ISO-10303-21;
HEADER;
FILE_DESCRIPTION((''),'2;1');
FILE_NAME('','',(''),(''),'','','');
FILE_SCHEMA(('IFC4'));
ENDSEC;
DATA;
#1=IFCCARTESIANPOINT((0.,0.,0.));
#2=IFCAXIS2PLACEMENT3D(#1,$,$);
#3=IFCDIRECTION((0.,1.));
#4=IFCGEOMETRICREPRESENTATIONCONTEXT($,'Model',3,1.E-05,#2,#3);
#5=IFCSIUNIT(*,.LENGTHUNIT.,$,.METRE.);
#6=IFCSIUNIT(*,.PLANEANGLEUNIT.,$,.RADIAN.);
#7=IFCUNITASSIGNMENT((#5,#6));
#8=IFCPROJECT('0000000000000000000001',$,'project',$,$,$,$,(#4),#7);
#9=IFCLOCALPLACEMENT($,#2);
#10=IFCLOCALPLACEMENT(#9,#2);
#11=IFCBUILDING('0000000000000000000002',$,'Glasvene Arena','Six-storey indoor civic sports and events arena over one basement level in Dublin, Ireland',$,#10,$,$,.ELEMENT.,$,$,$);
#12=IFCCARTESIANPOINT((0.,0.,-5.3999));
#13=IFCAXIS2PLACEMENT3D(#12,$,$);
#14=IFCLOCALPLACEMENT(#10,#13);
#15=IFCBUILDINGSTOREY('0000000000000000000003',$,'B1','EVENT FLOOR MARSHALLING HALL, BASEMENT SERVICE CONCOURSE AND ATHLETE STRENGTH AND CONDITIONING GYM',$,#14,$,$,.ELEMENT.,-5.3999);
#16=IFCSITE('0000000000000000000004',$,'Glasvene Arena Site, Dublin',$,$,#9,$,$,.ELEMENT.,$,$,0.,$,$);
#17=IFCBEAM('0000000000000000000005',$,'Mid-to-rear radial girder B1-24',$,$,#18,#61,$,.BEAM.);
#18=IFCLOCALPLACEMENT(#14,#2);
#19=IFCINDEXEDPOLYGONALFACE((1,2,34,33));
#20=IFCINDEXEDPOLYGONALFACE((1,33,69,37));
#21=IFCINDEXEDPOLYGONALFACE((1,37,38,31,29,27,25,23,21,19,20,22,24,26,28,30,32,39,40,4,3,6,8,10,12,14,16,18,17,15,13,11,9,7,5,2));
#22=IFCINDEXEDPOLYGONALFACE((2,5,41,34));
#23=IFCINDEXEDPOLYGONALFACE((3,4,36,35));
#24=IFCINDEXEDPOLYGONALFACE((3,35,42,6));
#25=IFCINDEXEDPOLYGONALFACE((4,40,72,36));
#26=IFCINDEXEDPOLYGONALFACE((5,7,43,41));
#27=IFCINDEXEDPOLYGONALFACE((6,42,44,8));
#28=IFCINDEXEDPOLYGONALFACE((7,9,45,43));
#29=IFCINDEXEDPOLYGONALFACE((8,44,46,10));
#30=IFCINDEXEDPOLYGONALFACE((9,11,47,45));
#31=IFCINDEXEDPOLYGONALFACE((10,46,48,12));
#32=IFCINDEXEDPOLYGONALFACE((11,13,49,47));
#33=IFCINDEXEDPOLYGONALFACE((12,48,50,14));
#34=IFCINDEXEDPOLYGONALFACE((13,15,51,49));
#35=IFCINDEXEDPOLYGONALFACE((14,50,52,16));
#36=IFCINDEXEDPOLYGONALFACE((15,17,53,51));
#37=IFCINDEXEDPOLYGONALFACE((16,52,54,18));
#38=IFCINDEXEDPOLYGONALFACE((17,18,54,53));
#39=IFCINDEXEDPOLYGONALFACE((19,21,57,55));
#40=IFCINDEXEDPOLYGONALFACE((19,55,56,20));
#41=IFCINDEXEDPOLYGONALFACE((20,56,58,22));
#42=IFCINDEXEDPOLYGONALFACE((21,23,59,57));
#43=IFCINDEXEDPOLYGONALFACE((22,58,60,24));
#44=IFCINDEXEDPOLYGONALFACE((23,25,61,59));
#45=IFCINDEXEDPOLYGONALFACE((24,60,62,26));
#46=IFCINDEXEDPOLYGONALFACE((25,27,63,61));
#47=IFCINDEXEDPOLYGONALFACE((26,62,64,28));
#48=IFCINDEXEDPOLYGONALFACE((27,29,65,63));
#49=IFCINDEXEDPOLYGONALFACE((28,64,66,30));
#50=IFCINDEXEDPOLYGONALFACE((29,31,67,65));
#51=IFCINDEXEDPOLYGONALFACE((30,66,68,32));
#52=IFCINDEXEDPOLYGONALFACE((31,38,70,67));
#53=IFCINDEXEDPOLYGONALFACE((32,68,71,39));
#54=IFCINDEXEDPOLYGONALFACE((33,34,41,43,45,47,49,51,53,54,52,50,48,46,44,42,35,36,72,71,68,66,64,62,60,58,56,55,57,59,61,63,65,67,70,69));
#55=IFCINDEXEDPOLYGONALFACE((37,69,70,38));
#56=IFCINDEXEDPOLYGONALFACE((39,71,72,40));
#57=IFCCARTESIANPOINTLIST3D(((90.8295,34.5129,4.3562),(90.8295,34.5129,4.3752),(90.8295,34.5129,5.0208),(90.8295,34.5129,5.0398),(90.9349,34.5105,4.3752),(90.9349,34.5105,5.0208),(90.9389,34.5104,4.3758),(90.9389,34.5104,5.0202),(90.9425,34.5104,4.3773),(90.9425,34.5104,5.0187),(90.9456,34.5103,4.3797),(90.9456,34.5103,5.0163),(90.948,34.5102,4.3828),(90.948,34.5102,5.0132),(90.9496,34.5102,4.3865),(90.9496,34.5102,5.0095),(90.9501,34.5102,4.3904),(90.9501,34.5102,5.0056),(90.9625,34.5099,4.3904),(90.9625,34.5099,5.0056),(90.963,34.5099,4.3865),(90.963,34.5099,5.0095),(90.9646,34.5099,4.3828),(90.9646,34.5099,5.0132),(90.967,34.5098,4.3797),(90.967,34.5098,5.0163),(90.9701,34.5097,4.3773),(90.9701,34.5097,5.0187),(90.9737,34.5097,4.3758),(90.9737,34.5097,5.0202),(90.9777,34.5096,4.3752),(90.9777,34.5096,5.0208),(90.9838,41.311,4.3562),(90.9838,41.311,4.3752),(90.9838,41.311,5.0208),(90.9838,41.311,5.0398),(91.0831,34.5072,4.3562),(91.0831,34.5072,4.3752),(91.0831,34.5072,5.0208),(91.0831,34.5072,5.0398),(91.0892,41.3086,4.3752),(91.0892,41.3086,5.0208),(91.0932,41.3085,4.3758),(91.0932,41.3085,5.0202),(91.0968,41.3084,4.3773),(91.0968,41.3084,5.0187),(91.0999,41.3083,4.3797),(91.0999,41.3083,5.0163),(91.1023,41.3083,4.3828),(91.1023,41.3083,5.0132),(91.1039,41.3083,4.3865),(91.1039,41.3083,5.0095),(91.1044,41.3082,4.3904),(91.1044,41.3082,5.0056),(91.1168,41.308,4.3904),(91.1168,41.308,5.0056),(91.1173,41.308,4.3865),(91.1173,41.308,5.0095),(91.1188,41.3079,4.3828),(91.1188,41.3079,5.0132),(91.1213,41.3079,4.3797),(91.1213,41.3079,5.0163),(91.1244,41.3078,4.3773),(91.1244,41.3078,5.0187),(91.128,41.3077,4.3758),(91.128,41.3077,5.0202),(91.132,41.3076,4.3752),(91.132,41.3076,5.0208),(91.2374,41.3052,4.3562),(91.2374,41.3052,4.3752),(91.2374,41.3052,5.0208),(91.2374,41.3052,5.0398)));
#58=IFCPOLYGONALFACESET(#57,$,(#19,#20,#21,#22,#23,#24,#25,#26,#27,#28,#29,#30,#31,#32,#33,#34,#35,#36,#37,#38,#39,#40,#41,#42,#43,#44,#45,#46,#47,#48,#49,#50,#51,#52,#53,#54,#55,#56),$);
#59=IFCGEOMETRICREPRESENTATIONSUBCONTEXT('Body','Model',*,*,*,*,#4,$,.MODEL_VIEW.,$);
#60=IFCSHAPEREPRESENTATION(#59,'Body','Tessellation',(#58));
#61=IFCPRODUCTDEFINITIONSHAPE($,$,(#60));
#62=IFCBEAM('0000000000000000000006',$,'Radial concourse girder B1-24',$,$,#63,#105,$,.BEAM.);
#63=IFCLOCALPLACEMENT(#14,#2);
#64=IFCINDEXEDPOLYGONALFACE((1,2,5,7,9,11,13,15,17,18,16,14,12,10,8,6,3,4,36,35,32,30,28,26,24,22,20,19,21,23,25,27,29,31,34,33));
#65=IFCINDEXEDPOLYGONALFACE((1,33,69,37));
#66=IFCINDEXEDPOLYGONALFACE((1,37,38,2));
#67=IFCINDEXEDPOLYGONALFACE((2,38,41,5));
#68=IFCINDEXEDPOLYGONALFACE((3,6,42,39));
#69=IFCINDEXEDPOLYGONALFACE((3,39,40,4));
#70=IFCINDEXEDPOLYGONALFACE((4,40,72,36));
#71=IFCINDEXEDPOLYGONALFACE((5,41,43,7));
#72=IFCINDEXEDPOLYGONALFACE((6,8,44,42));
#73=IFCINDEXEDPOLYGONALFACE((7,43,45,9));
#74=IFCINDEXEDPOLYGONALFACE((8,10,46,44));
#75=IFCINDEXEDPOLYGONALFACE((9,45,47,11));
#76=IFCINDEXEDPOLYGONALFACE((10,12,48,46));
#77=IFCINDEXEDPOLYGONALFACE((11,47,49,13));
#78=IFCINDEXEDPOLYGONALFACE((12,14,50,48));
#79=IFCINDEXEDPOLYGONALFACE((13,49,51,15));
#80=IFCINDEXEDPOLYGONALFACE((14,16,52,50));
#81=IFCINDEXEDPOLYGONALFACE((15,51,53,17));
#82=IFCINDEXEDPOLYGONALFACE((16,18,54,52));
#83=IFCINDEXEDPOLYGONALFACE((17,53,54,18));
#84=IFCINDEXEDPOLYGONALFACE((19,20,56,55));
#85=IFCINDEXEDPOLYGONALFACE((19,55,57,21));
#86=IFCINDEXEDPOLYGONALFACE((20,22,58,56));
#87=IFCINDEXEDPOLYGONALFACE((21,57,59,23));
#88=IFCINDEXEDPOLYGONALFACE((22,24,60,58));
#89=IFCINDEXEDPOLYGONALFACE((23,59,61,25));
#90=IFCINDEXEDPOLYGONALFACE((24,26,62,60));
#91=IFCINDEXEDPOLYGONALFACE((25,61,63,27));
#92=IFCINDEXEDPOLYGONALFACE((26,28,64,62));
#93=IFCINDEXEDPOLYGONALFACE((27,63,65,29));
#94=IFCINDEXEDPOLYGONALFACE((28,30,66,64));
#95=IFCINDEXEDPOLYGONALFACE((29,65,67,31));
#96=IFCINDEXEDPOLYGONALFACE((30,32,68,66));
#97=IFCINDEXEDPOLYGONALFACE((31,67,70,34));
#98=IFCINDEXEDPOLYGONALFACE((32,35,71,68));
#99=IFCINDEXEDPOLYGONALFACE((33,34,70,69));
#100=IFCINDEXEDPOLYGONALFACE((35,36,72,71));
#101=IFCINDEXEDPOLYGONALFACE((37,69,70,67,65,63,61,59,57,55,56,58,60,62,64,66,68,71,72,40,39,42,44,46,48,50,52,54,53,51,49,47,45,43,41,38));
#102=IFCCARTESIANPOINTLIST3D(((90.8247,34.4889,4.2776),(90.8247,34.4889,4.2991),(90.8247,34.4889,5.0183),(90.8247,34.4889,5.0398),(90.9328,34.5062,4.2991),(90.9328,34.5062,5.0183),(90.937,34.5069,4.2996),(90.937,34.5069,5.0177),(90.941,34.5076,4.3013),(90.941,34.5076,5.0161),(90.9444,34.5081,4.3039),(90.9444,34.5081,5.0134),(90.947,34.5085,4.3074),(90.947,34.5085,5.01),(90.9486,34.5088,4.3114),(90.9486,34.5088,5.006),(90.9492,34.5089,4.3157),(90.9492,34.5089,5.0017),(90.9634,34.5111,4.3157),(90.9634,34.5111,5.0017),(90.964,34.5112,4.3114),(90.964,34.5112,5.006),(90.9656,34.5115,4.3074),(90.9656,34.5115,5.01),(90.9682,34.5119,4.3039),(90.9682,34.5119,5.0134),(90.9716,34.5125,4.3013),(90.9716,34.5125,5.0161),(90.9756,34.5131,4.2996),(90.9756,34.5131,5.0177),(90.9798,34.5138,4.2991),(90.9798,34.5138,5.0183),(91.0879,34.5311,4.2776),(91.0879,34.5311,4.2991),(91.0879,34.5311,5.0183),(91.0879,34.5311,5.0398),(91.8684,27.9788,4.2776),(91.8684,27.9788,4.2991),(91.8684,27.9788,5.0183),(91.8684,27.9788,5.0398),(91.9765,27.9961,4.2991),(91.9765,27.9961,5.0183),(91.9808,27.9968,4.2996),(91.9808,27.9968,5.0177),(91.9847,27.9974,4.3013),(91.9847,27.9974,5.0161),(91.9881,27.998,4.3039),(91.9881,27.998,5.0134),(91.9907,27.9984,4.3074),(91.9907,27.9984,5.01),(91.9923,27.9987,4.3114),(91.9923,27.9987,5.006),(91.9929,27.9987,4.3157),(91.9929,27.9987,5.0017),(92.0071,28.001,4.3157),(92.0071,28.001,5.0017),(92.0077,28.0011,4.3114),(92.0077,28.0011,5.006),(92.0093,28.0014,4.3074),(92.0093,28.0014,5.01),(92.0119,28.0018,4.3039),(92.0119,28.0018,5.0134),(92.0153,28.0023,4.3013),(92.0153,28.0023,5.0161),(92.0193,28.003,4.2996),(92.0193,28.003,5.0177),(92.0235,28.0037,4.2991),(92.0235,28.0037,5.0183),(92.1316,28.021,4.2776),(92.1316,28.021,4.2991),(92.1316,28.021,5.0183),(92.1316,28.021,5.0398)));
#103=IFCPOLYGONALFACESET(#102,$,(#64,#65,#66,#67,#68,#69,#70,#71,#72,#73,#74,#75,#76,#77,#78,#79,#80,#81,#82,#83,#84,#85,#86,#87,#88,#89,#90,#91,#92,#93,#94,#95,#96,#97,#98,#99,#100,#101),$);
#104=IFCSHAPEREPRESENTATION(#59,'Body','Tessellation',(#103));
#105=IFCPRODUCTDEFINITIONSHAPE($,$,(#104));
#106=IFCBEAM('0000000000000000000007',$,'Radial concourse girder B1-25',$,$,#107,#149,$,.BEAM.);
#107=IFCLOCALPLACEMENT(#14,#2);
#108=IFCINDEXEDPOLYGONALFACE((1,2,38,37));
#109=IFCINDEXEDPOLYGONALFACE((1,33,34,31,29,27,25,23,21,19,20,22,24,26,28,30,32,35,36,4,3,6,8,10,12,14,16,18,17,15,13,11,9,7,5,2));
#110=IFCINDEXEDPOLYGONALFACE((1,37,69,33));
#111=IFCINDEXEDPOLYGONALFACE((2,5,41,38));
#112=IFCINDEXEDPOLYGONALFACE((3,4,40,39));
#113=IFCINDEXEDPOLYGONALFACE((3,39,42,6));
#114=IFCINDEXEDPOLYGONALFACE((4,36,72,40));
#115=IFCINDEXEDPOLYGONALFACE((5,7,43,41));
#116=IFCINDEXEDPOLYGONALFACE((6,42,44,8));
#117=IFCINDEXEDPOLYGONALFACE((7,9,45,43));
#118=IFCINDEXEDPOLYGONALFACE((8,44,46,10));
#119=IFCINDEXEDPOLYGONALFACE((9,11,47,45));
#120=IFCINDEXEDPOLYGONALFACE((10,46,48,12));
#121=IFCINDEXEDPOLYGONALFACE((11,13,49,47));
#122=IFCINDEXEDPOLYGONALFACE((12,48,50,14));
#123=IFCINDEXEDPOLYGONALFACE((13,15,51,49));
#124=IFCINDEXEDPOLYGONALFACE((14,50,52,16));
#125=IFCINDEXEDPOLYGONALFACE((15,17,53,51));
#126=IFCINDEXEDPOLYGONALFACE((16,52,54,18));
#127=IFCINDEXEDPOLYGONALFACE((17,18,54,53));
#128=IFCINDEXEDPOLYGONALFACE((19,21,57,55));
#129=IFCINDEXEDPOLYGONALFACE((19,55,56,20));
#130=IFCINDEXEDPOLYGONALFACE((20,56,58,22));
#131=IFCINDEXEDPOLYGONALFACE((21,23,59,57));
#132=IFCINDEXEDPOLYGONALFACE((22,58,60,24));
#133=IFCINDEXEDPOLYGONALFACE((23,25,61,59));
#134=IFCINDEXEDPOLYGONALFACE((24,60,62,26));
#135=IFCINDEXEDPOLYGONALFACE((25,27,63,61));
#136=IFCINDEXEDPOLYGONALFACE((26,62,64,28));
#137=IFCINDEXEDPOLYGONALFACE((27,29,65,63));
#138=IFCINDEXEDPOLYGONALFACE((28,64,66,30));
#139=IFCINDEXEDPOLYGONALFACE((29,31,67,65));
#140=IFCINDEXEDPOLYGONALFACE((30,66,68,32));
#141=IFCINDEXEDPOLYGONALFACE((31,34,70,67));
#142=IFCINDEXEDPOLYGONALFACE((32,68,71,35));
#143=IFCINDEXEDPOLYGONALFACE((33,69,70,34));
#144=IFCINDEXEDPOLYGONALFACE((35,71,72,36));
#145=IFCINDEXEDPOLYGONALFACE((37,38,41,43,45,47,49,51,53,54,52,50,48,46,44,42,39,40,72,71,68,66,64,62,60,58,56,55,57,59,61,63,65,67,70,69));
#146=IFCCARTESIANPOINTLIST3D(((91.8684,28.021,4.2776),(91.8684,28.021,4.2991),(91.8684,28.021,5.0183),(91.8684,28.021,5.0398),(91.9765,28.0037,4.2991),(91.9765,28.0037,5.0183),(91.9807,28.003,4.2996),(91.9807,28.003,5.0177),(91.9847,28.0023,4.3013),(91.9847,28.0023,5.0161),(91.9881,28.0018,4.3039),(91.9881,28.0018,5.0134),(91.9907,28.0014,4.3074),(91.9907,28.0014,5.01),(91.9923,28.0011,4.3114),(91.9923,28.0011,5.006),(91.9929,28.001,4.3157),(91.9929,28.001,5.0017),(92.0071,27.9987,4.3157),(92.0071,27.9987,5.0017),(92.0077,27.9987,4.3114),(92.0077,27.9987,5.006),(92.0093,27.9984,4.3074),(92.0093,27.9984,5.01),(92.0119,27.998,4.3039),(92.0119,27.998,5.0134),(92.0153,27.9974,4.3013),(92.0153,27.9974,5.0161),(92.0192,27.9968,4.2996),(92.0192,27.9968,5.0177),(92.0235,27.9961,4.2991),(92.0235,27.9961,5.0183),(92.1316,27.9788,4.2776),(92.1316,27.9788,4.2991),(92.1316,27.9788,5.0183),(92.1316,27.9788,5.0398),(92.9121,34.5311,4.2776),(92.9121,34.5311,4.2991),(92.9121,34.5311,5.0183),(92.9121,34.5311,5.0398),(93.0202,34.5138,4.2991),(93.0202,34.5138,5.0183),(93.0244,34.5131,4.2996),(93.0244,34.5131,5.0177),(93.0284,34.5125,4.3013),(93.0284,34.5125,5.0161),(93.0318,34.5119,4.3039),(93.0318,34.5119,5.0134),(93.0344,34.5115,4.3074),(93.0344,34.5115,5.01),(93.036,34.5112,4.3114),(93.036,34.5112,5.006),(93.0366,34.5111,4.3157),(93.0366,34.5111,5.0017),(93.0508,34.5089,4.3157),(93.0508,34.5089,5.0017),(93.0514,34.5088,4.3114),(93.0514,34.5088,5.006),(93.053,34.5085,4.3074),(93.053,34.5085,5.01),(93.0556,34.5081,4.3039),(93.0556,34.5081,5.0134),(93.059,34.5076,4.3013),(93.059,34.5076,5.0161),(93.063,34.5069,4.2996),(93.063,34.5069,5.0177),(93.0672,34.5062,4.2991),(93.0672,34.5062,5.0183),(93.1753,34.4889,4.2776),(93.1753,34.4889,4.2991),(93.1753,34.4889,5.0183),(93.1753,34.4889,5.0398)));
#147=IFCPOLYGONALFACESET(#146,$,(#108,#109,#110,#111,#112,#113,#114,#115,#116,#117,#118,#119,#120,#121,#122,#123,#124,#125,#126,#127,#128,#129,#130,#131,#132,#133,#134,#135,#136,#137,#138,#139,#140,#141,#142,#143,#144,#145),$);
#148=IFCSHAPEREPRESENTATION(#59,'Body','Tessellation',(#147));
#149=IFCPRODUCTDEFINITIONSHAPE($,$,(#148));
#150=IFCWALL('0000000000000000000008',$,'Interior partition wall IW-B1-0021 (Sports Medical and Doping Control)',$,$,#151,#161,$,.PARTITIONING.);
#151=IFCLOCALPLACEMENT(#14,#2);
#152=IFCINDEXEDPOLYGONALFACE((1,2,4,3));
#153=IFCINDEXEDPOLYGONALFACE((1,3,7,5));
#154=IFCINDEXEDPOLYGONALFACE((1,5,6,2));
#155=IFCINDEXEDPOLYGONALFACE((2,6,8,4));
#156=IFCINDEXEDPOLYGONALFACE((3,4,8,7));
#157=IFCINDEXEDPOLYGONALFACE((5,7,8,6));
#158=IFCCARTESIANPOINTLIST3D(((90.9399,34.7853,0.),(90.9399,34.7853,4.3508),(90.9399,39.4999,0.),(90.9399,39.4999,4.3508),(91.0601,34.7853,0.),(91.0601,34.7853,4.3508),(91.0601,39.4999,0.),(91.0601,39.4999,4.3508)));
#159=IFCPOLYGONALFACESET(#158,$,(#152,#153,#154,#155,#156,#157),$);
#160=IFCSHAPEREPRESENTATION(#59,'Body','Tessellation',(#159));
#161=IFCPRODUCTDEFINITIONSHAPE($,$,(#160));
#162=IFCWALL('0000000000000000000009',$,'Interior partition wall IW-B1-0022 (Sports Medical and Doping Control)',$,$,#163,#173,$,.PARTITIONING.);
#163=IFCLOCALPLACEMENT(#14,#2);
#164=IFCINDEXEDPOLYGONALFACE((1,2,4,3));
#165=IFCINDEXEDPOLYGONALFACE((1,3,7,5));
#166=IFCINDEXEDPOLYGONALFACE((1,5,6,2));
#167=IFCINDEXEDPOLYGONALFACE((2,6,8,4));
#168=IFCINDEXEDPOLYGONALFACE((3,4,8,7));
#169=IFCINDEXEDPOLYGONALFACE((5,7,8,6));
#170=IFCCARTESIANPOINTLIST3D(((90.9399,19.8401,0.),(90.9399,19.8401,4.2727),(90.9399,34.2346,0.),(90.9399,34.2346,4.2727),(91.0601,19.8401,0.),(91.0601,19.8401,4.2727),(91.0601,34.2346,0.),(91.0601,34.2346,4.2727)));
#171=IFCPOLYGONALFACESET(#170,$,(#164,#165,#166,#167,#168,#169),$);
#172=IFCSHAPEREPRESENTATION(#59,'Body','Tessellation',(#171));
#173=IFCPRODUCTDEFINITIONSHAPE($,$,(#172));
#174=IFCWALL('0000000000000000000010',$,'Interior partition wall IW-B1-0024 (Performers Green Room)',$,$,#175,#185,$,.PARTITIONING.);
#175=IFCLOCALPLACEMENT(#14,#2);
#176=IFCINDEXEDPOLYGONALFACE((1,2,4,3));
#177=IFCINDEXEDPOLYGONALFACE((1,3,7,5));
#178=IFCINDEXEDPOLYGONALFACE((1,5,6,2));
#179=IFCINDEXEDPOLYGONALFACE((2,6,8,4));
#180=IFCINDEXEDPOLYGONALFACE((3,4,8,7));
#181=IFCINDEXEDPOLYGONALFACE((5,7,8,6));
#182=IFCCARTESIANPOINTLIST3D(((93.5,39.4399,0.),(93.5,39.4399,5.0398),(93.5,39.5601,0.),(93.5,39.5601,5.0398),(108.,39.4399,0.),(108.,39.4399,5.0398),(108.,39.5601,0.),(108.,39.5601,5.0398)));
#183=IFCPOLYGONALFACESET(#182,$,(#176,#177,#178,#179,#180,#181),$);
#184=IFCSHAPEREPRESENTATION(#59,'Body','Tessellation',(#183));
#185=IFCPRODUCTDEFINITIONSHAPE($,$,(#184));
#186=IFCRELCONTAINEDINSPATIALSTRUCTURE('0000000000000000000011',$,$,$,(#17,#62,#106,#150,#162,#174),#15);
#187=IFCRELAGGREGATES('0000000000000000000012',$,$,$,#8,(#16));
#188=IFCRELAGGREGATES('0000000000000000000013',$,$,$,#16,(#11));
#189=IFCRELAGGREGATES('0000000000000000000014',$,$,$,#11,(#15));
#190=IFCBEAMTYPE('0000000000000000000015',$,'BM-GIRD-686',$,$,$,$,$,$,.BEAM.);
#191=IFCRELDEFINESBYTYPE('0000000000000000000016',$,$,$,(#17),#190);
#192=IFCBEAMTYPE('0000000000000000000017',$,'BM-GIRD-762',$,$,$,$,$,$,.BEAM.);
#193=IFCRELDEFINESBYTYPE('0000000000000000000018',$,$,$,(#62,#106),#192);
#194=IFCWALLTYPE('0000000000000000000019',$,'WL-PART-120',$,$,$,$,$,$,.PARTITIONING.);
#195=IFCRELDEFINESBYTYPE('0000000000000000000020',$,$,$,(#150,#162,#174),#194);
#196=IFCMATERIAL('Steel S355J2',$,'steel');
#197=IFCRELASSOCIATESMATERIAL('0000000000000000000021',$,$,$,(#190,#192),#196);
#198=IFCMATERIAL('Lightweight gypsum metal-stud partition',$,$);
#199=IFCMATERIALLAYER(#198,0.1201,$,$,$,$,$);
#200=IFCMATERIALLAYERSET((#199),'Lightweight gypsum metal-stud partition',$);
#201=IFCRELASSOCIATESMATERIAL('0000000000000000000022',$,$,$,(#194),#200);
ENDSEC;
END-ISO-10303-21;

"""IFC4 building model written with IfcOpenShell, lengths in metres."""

from ifc_helpers import new_model, si_unit, direction, frame, frame_2d, origin, origin_2d, place, context, subcontext, project, spatial, rectangle, i_section, extrude, material, layer, layer_set, material_profile, profile_set, type_object, element, save


model = new_model("IFC4")

# Units and contexts
model_context = context("Model", 3, precision=1e-05, world=origin(), true_north=direction((0.0, 1.0)))
body_context = subcontext(model_context, "Body", "Model", "MODEL_VIEW")
ifc_project = project(units=[si_unit("LENGTHUNIT", "METRE"), si_unit("PLANEANGLEUNIT", "RADIAN")], contexts=[model_context])

# Site, building, storey
site_placement = place(None, origin())
site = spatial("IfcSite", under=ifc_project, at=site_placement, Name="Glasvene Arena Site, Dublin", CompositionType="ELEMENT", RefElevation=0.0)
building_placement = place(site_placement, origin())
building = spatial("IfcBuilding", under=site, at=building_placement, Name="Glasvene Arena", Description="Six-storey indoor civic sports and events arena over one basement level in Dublin, Ireland", CompositionType="ELEMENT")
storey_placement = place(building_placement, frame((0.0, 0.0, -5.3999)))
storey = spatial("IfcBuildingStorey", under=building, at=storey_placement, Name="B1", Description="EVENT FLOOR MARSHALLING HALL, BASEMENT SERVICE CONCOURSE AND ATHLETE STRENGTH AND CONDITIONING GYM", CompositionType="ELEMENT", Elevation=-5.3999)

# Shared definitions
ifc_material_1 = material(Name="Steel S355J2", Category="steel")

# Beams
ifc_material_profile_1 = material_profile(ifc_material_1, i_section(OverallWidth=0.2537, OverallDepth=0.6836, WebThickness=0.0125, FlangeThickness=0.019, FilletRadius=0.0151, at=origin_2d()), Name="UKB 686x254x140")
ifc_profile_set_1 = profile_set([ifc_material_profile_1], Name="Steel S355J2")
beam_type_1 = type_object("IfcBeamType", Name="BM-GIRD-686", PredefinedType="BEAM", material=ifc_profile_set_1)
beam_1_placement = place(storey_placement, frame((91.1106, 41.3081, 4.698), z_axis=(-0.022691, -0.999743, 0.0), x_axis=(0.999743, -0.022691, 0.0)))
element("IfcBeam", 1, at=beam_1_placement, inside=storey, type_object=beam_type_1, Name="Mid-to-rear radial girder B1-24", PredefinedType="BEAM", context=body_context, shape_type="SweptSolid", body=[
    extrude(i_section(OverallWidth=0.2537, OverallDepth=0.6836, WebThickness=0.0125, FlangeThickness=0.019, FilletRadius=0.0151, at=origin_2d()), origin(), (0.0, 0.0, 1.0), 6.7998),
])
ifc_material_profile_2 = material_profile(ifc_material_1, i_section(OverallWidth=0.2666, OverallDepth=0.7622, WebThickness=0.0144, FlangeThickness=0.0215, FilletRadius=0.0166, at=origin_2d()), Name="UKB 762x267x173")
ifc_profile_set_2 = profile_set([ifc_material_profile_2], Name="Steel S355J2")
beam_type_2 = type_object("IfcBeamType", Name="BM-GIRD-762", PredefinedType="BEAM", material=ifc_profile_set_2)
for number, where, z_axis, x_axis, name in (
    (2, (90.9563, 34.51, 4.6587), (0.158301, -0.987391, 0.0), (0.987391, 0.158301, 0.0), "Radial concourse girder B1-24"),
    (3, (93.0437, 34.51, 4.6587), (-0.158301, -0.987391, 0.0), (0.987391, -0.158301, 0.0), "Radial concourse girder B1-25"),
):
    element("IfcBeam", number, at=place(storey_placement, frame(where, z_axis=z_axis, x_axis=x_axis)), inside=storey, type_object=beam_type_2, Name=name, PredefinedType="BEAM", context=body_context, shape_type="SweptSolid", body=[
        extrude(i_section(OverallWidth=0.2666, OverallDepth=0.7622, WebThickness=0.0144, FlangeThickness=0.0215, FilletRadius=0.0166, at=origin_2d()), origin(), (0.0, 0.0, 1.0), 6.5933),
    ])

# Walls
ifc_material_2 = material(Name="Lightweight gypsum metal-stud partition")
ifc_layer = layer(ifc_material_2, 0.1201)
ifc_layer_set = layer_set([ifc_layer], Name="Lightweight gypsum metal-stud partition")
wall_type = type_object("IfcWallType", Name="WL-PART-120", PredefinedType="PARTITIONING", material=ifc_layer_set)
wall_1_placement = place(storey_placement, frame((91.0, 39.5, 0.0), z_axis=(0.0, 0.0, 1.0), x_axis=(0.0, -1.0, 0.0)))
element("IfcWall", 4, at=wall_1_placement, inside=storey, type_object=wall_type, Name="Interior partition wall IW-B1-0021 (Sports Medical and Doping Control)", PredefinedType="PARTITIONING", context=body_context, shape_type="SweptSolid", body=[
    extrude(rectangle(XDim=4.7146, YDim=0.1201, at=frame_2d((2.3574, 0.0))), origin(), (0.0, 0.0, 1.0), 4.3508),
])
wall_2_placement = place(storey_placement, frame((91.0, 34.2346, 0.0), z_axis=(0.0, 0.0, 1.0), x_axis=(0.0, -1.0, 0.0)))
element("IfcWall", 5, at=wall_2_placement, inside=storey, type_object=wall_type, Name="Interior partition wall IW-B1-0022 (Sports Medical and Doping Control)", PredefinedType="PARTITIONING", context=body_context, shape_type="SweptSolid", body=[
    extrude(rectangle(XDim=14.3945, YDim=0.1201, at=frame_2d((7.1973, 0.0))), origin(), (0.0, 0.0, 1.0), 4.2727),
])
wall_3_placement = place(storey_placement, frame((93.5, 39.5, 0.0), z_axis=(0.0, 0.0, 1.0), x_axis=(1.0, 0.0, 0.0)))
element("IfcWall", 6, at=wall_3_placement, inside=storey, type_object=wall_type, Name="Interior partition wall IW-B1-0024 (Performers Green Room)", PredefinedType="PARTITIONING", context=body_context, shape_type="SweptSolid", body=[
    extrude(rectangle(XDim=14.5, YDim=0.1201, at=frame_2d((7.25, 0.0))), origin(), (0.0, 0.0, 1.0), 5.0398),
])

save(model, "model.ifc")
